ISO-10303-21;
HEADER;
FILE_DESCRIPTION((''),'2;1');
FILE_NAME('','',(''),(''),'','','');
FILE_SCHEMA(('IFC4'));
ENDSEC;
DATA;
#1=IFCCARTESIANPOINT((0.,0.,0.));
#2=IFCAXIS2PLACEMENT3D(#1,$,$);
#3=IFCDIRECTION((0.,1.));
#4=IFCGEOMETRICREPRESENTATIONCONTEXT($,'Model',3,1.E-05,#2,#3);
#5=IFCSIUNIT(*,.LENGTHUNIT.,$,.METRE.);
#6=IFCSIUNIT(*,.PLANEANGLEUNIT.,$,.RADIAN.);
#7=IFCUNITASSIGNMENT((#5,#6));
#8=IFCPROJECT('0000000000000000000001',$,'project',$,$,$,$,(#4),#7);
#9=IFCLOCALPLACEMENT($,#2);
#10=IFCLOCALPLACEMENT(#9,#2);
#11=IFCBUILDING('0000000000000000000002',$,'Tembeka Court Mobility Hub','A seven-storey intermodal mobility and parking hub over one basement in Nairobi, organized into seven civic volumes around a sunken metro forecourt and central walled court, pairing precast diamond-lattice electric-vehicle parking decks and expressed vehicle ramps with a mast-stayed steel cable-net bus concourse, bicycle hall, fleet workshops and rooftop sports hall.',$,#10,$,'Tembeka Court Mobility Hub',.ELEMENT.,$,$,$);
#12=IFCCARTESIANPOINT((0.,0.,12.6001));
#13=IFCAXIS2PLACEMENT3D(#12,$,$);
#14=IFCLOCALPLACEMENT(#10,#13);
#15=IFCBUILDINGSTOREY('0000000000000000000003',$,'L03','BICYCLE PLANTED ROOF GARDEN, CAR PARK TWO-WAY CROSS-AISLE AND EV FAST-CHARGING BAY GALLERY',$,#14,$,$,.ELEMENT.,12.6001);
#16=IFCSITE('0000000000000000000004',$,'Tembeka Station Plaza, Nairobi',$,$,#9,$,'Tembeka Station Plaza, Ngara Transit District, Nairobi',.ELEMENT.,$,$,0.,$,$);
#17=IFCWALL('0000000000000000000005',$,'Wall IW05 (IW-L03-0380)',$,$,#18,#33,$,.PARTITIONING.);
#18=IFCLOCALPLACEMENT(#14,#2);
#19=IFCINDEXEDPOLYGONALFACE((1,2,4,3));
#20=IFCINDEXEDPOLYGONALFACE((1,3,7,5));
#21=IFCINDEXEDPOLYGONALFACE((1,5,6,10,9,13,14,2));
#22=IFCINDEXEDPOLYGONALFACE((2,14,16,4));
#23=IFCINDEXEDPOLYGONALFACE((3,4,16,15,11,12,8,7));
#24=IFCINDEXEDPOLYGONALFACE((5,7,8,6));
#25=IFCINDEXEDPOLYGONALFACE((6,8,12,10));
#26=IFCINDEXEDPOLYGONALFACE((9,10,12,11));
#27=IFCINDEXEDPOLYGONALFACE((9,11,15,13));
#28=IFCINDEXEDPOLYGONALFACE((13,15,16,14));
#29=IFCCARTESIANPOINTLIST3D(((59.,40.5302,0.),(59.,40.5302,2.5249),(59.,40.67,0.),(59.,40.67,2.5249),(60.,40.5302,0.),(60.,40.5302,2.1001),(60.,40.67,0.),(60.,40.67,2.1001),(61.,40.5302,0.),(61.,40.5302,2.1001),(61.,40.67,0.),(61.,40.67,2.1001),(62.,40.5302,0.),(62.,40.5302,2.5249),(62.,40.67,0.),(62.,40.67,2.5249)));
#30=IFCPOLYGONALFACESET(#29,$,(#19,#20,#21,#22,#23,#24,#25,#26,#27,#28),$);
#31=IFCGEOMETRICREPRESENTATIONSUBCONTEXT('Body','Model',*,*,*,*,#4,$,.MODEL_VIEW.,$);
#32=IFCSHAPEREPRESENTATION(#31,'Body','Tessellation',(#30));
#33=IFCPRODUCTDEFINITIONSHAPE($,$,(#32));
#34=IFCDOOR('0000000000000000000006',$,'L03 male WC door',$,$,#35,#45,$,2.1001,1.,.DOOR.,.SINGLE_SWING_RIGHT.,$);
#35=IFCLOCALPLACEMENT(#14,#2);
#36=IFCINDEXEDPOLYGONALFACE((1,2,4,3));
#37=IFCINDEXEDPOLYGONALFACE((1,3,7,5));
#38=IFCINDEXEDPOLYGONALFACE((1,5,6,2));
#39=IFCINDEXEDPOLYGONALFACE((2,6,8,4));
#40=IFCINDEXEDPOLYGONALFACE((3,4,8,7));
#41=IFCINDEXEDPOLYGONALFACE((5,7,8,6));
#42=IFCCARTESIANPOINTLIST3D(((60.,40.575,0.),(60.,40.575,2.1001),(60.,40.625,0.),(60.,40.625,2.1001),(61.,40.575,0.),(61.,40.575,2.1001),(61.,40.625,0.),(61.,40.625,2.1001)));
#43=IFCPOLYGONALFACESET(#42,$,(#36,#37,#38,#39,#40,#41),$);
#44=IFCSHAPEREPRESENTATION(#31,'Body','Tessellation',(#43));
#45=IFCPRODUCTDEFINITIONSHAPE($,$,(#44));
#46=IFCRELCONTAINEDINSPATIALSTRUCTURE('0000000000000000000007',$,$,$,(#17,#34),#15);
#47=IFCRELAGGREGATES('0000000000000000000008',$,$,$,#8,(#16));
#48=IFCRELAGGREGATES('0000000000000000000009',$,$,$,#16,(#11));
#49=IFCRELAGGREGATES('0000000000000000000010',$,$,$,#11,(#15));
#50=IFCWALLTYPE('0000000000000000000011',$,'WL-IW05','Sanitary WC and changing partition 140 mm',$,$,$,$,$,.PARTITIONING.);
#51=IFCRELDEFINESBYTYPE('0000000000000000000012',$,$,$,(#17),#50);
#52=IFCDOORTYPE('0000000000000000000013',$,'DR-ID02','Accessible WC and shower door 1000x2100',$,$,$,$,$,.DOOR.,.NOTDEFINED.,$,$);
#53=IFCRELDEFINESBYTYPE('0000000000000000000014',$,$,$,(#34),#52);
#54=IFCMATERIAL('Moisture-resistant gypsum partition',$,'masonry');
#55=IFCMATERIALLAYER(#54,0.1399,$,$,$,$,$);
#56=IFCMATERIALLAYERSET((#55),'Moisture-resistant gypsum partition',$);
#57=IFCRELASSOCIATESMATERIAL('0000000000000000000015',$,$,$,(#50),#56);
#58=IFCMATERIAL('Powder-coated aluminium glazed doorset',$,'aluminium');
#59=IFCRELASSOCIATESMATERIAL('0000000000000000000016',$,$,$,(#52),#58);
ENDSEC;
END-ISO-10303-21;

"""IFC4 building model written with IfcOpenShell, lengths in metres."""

from ifc_helpers import new_model, si_unit, direction, frame, frame_2d, origin, place, context, subcontext, project, spatial, rectangle, extrude, material, layer, layer_set, type_object, element, fill, save


model = new_model("IFC4")

# Units and contexts
model_context = context("Model", 3, precision=1e-05, world=origin(), true_north=direction((0.0, 1.0)))
body_context = subcontext(model_context, "Body", "Model", "MODEL_VIEW")
ifc_project = project(units=[si_unit("LENGTHUNIT", "METRE"), si_unit("PLANEANGLEUNIT", "RADIAN")], contexts=[model_context])

# Site, building, storey
site_placement = place(None, origin())
site = spatial("IfcSite", under=ifc_project, at=site_placement, Name="Tembeka Station Plaza, Nairobi", LongName="Tembeka Station Plaza, Ngara Transit District, Nairobi", CompositionType="ELEMENT", RefElevation=0.0)
building_placement = place(site_placement, origin())
building = spatial("IfcBuilding", under=site, at=building_placement, Name="Tembeka Court Mobility Hub", Description="A seven-storey intermodal mobility and parking hub over one basement in Nairobi, organized into seven civic volumes around a sunken metro forecourt and central walled court, pairing precast diamond-lattice electric-vehicle parking decks and expressed vehicle ramps with a mast-stayed steel cable-net bus concourse, bicycle hall, fleet workshops and rooftop sports hall.", LongName="Tembeka Court Mobility Hub", CompositionType="ELEMENT")
storey_placement = place(building_placement, frame((0.0, 0.0, 12.6001)))
storey = spatial("IfcBuildingStorey", under=building, at=storey_placement, Name="L03", Description="BICYCLE PLANTED ROOF GARDEN, CAR PARK TWO-WAY CROSS-AISLE AND EV FAST-CHARGING BAY GALLERY", CompositionType="ELEMENT", Elevation=12.6001)

# Wall, opening, door
ifc_material_1 = material(Name="Moisture-resistant gypsum partition", Category="masonry")
ifc_layer_1 = layer(ifc_material_1, 0.1399)
ifc_layer_set_1 = layer_set([ifc_layer_1], Name="Moisture-resistant gypsum partition")
wall_type_1 = type_object("IfcWallType", Name="WL-IW05", Description="Sanitary WC and changing partition 140 mm", PredefinedType="PARTITIONING", material=ifc_layer_set_1)
wall_1_placement = place(storey_placement, frame((59.0, 40.6001, 0.0), z_axis=(0.0, 0.0, 1.0), x_axis=(1.0, 0.0, 0.0)))
wall_1 = element("IfcWall", 1, at=wall_1_placement, inside=storey, type_object=wall_type_1, Name="Wall IW05 (IW-L03-0380)", PredefinedType="PARTITIONING", context=body_context, shape_type="SweptSolid", body=[
    extrude(rectangle(XDim=3.0, YDim=0.1399, at=frame_2d((1.5, 0.0))), origin(), (0.0, 0.0, 1.0), 2.5249),
])
opening_placement = place(wall_1_placement, frame((1.0, 0.0, 0.0)))
opening = element("IfcOpeningElement", 2, at=opening_placement, cuts=wall_1, PredefinedType="OPENING", context=body_context, shape_type="SweptSolid", body=[
    extrude(rectangle(XDim=1.0, YDim=2.1001, at=frame_2d((0.5, 1.05))), frame((0.0, 0.0801, 0.0), z_axis=(0.0, -1.0, 0.0), x_axis=(1.0, 0.0, 0.0)), (0.0, 0.0, 1.0), 0.1599),
])
ifc_material_2 = material(Name="Powder-coated aluminium glazed doorset", Category="aluminium")
door_type = type_object("IfcDoorType", Name="DR-ID02", Description="Accessible WC and shower door 1000x2100", OperationType="NOTDEFINED", PredefinedType="DOOR", material=ifc_material_2)
door_placement = place(opening_placement, origin())
door = element("IfcDoor", 3, at=door_placement, inside=storey, type_object=door_type, Name="L03 male WC door", OperationType="SINGLE_SWING_RIGHT", OverallHeight=2.1001, OverallWidth=1.0, PredefinedType="DOOR", context=body_context, shape_type="SweptSolid", body=[
    extrude(rectangle(XDim=1.0, YDim=2.1001, at=frame_2d((0.5, 1.05))), frame((0.0, 0.0249, 0.0), z_axis=(0.0, -1.0, 0.0), x_axis=(1.0, 0.0, 0.0)), (0.0, 0.0, 1.0), 0.05),
])
fill(opening, door)

save(model, "model.ifc")
